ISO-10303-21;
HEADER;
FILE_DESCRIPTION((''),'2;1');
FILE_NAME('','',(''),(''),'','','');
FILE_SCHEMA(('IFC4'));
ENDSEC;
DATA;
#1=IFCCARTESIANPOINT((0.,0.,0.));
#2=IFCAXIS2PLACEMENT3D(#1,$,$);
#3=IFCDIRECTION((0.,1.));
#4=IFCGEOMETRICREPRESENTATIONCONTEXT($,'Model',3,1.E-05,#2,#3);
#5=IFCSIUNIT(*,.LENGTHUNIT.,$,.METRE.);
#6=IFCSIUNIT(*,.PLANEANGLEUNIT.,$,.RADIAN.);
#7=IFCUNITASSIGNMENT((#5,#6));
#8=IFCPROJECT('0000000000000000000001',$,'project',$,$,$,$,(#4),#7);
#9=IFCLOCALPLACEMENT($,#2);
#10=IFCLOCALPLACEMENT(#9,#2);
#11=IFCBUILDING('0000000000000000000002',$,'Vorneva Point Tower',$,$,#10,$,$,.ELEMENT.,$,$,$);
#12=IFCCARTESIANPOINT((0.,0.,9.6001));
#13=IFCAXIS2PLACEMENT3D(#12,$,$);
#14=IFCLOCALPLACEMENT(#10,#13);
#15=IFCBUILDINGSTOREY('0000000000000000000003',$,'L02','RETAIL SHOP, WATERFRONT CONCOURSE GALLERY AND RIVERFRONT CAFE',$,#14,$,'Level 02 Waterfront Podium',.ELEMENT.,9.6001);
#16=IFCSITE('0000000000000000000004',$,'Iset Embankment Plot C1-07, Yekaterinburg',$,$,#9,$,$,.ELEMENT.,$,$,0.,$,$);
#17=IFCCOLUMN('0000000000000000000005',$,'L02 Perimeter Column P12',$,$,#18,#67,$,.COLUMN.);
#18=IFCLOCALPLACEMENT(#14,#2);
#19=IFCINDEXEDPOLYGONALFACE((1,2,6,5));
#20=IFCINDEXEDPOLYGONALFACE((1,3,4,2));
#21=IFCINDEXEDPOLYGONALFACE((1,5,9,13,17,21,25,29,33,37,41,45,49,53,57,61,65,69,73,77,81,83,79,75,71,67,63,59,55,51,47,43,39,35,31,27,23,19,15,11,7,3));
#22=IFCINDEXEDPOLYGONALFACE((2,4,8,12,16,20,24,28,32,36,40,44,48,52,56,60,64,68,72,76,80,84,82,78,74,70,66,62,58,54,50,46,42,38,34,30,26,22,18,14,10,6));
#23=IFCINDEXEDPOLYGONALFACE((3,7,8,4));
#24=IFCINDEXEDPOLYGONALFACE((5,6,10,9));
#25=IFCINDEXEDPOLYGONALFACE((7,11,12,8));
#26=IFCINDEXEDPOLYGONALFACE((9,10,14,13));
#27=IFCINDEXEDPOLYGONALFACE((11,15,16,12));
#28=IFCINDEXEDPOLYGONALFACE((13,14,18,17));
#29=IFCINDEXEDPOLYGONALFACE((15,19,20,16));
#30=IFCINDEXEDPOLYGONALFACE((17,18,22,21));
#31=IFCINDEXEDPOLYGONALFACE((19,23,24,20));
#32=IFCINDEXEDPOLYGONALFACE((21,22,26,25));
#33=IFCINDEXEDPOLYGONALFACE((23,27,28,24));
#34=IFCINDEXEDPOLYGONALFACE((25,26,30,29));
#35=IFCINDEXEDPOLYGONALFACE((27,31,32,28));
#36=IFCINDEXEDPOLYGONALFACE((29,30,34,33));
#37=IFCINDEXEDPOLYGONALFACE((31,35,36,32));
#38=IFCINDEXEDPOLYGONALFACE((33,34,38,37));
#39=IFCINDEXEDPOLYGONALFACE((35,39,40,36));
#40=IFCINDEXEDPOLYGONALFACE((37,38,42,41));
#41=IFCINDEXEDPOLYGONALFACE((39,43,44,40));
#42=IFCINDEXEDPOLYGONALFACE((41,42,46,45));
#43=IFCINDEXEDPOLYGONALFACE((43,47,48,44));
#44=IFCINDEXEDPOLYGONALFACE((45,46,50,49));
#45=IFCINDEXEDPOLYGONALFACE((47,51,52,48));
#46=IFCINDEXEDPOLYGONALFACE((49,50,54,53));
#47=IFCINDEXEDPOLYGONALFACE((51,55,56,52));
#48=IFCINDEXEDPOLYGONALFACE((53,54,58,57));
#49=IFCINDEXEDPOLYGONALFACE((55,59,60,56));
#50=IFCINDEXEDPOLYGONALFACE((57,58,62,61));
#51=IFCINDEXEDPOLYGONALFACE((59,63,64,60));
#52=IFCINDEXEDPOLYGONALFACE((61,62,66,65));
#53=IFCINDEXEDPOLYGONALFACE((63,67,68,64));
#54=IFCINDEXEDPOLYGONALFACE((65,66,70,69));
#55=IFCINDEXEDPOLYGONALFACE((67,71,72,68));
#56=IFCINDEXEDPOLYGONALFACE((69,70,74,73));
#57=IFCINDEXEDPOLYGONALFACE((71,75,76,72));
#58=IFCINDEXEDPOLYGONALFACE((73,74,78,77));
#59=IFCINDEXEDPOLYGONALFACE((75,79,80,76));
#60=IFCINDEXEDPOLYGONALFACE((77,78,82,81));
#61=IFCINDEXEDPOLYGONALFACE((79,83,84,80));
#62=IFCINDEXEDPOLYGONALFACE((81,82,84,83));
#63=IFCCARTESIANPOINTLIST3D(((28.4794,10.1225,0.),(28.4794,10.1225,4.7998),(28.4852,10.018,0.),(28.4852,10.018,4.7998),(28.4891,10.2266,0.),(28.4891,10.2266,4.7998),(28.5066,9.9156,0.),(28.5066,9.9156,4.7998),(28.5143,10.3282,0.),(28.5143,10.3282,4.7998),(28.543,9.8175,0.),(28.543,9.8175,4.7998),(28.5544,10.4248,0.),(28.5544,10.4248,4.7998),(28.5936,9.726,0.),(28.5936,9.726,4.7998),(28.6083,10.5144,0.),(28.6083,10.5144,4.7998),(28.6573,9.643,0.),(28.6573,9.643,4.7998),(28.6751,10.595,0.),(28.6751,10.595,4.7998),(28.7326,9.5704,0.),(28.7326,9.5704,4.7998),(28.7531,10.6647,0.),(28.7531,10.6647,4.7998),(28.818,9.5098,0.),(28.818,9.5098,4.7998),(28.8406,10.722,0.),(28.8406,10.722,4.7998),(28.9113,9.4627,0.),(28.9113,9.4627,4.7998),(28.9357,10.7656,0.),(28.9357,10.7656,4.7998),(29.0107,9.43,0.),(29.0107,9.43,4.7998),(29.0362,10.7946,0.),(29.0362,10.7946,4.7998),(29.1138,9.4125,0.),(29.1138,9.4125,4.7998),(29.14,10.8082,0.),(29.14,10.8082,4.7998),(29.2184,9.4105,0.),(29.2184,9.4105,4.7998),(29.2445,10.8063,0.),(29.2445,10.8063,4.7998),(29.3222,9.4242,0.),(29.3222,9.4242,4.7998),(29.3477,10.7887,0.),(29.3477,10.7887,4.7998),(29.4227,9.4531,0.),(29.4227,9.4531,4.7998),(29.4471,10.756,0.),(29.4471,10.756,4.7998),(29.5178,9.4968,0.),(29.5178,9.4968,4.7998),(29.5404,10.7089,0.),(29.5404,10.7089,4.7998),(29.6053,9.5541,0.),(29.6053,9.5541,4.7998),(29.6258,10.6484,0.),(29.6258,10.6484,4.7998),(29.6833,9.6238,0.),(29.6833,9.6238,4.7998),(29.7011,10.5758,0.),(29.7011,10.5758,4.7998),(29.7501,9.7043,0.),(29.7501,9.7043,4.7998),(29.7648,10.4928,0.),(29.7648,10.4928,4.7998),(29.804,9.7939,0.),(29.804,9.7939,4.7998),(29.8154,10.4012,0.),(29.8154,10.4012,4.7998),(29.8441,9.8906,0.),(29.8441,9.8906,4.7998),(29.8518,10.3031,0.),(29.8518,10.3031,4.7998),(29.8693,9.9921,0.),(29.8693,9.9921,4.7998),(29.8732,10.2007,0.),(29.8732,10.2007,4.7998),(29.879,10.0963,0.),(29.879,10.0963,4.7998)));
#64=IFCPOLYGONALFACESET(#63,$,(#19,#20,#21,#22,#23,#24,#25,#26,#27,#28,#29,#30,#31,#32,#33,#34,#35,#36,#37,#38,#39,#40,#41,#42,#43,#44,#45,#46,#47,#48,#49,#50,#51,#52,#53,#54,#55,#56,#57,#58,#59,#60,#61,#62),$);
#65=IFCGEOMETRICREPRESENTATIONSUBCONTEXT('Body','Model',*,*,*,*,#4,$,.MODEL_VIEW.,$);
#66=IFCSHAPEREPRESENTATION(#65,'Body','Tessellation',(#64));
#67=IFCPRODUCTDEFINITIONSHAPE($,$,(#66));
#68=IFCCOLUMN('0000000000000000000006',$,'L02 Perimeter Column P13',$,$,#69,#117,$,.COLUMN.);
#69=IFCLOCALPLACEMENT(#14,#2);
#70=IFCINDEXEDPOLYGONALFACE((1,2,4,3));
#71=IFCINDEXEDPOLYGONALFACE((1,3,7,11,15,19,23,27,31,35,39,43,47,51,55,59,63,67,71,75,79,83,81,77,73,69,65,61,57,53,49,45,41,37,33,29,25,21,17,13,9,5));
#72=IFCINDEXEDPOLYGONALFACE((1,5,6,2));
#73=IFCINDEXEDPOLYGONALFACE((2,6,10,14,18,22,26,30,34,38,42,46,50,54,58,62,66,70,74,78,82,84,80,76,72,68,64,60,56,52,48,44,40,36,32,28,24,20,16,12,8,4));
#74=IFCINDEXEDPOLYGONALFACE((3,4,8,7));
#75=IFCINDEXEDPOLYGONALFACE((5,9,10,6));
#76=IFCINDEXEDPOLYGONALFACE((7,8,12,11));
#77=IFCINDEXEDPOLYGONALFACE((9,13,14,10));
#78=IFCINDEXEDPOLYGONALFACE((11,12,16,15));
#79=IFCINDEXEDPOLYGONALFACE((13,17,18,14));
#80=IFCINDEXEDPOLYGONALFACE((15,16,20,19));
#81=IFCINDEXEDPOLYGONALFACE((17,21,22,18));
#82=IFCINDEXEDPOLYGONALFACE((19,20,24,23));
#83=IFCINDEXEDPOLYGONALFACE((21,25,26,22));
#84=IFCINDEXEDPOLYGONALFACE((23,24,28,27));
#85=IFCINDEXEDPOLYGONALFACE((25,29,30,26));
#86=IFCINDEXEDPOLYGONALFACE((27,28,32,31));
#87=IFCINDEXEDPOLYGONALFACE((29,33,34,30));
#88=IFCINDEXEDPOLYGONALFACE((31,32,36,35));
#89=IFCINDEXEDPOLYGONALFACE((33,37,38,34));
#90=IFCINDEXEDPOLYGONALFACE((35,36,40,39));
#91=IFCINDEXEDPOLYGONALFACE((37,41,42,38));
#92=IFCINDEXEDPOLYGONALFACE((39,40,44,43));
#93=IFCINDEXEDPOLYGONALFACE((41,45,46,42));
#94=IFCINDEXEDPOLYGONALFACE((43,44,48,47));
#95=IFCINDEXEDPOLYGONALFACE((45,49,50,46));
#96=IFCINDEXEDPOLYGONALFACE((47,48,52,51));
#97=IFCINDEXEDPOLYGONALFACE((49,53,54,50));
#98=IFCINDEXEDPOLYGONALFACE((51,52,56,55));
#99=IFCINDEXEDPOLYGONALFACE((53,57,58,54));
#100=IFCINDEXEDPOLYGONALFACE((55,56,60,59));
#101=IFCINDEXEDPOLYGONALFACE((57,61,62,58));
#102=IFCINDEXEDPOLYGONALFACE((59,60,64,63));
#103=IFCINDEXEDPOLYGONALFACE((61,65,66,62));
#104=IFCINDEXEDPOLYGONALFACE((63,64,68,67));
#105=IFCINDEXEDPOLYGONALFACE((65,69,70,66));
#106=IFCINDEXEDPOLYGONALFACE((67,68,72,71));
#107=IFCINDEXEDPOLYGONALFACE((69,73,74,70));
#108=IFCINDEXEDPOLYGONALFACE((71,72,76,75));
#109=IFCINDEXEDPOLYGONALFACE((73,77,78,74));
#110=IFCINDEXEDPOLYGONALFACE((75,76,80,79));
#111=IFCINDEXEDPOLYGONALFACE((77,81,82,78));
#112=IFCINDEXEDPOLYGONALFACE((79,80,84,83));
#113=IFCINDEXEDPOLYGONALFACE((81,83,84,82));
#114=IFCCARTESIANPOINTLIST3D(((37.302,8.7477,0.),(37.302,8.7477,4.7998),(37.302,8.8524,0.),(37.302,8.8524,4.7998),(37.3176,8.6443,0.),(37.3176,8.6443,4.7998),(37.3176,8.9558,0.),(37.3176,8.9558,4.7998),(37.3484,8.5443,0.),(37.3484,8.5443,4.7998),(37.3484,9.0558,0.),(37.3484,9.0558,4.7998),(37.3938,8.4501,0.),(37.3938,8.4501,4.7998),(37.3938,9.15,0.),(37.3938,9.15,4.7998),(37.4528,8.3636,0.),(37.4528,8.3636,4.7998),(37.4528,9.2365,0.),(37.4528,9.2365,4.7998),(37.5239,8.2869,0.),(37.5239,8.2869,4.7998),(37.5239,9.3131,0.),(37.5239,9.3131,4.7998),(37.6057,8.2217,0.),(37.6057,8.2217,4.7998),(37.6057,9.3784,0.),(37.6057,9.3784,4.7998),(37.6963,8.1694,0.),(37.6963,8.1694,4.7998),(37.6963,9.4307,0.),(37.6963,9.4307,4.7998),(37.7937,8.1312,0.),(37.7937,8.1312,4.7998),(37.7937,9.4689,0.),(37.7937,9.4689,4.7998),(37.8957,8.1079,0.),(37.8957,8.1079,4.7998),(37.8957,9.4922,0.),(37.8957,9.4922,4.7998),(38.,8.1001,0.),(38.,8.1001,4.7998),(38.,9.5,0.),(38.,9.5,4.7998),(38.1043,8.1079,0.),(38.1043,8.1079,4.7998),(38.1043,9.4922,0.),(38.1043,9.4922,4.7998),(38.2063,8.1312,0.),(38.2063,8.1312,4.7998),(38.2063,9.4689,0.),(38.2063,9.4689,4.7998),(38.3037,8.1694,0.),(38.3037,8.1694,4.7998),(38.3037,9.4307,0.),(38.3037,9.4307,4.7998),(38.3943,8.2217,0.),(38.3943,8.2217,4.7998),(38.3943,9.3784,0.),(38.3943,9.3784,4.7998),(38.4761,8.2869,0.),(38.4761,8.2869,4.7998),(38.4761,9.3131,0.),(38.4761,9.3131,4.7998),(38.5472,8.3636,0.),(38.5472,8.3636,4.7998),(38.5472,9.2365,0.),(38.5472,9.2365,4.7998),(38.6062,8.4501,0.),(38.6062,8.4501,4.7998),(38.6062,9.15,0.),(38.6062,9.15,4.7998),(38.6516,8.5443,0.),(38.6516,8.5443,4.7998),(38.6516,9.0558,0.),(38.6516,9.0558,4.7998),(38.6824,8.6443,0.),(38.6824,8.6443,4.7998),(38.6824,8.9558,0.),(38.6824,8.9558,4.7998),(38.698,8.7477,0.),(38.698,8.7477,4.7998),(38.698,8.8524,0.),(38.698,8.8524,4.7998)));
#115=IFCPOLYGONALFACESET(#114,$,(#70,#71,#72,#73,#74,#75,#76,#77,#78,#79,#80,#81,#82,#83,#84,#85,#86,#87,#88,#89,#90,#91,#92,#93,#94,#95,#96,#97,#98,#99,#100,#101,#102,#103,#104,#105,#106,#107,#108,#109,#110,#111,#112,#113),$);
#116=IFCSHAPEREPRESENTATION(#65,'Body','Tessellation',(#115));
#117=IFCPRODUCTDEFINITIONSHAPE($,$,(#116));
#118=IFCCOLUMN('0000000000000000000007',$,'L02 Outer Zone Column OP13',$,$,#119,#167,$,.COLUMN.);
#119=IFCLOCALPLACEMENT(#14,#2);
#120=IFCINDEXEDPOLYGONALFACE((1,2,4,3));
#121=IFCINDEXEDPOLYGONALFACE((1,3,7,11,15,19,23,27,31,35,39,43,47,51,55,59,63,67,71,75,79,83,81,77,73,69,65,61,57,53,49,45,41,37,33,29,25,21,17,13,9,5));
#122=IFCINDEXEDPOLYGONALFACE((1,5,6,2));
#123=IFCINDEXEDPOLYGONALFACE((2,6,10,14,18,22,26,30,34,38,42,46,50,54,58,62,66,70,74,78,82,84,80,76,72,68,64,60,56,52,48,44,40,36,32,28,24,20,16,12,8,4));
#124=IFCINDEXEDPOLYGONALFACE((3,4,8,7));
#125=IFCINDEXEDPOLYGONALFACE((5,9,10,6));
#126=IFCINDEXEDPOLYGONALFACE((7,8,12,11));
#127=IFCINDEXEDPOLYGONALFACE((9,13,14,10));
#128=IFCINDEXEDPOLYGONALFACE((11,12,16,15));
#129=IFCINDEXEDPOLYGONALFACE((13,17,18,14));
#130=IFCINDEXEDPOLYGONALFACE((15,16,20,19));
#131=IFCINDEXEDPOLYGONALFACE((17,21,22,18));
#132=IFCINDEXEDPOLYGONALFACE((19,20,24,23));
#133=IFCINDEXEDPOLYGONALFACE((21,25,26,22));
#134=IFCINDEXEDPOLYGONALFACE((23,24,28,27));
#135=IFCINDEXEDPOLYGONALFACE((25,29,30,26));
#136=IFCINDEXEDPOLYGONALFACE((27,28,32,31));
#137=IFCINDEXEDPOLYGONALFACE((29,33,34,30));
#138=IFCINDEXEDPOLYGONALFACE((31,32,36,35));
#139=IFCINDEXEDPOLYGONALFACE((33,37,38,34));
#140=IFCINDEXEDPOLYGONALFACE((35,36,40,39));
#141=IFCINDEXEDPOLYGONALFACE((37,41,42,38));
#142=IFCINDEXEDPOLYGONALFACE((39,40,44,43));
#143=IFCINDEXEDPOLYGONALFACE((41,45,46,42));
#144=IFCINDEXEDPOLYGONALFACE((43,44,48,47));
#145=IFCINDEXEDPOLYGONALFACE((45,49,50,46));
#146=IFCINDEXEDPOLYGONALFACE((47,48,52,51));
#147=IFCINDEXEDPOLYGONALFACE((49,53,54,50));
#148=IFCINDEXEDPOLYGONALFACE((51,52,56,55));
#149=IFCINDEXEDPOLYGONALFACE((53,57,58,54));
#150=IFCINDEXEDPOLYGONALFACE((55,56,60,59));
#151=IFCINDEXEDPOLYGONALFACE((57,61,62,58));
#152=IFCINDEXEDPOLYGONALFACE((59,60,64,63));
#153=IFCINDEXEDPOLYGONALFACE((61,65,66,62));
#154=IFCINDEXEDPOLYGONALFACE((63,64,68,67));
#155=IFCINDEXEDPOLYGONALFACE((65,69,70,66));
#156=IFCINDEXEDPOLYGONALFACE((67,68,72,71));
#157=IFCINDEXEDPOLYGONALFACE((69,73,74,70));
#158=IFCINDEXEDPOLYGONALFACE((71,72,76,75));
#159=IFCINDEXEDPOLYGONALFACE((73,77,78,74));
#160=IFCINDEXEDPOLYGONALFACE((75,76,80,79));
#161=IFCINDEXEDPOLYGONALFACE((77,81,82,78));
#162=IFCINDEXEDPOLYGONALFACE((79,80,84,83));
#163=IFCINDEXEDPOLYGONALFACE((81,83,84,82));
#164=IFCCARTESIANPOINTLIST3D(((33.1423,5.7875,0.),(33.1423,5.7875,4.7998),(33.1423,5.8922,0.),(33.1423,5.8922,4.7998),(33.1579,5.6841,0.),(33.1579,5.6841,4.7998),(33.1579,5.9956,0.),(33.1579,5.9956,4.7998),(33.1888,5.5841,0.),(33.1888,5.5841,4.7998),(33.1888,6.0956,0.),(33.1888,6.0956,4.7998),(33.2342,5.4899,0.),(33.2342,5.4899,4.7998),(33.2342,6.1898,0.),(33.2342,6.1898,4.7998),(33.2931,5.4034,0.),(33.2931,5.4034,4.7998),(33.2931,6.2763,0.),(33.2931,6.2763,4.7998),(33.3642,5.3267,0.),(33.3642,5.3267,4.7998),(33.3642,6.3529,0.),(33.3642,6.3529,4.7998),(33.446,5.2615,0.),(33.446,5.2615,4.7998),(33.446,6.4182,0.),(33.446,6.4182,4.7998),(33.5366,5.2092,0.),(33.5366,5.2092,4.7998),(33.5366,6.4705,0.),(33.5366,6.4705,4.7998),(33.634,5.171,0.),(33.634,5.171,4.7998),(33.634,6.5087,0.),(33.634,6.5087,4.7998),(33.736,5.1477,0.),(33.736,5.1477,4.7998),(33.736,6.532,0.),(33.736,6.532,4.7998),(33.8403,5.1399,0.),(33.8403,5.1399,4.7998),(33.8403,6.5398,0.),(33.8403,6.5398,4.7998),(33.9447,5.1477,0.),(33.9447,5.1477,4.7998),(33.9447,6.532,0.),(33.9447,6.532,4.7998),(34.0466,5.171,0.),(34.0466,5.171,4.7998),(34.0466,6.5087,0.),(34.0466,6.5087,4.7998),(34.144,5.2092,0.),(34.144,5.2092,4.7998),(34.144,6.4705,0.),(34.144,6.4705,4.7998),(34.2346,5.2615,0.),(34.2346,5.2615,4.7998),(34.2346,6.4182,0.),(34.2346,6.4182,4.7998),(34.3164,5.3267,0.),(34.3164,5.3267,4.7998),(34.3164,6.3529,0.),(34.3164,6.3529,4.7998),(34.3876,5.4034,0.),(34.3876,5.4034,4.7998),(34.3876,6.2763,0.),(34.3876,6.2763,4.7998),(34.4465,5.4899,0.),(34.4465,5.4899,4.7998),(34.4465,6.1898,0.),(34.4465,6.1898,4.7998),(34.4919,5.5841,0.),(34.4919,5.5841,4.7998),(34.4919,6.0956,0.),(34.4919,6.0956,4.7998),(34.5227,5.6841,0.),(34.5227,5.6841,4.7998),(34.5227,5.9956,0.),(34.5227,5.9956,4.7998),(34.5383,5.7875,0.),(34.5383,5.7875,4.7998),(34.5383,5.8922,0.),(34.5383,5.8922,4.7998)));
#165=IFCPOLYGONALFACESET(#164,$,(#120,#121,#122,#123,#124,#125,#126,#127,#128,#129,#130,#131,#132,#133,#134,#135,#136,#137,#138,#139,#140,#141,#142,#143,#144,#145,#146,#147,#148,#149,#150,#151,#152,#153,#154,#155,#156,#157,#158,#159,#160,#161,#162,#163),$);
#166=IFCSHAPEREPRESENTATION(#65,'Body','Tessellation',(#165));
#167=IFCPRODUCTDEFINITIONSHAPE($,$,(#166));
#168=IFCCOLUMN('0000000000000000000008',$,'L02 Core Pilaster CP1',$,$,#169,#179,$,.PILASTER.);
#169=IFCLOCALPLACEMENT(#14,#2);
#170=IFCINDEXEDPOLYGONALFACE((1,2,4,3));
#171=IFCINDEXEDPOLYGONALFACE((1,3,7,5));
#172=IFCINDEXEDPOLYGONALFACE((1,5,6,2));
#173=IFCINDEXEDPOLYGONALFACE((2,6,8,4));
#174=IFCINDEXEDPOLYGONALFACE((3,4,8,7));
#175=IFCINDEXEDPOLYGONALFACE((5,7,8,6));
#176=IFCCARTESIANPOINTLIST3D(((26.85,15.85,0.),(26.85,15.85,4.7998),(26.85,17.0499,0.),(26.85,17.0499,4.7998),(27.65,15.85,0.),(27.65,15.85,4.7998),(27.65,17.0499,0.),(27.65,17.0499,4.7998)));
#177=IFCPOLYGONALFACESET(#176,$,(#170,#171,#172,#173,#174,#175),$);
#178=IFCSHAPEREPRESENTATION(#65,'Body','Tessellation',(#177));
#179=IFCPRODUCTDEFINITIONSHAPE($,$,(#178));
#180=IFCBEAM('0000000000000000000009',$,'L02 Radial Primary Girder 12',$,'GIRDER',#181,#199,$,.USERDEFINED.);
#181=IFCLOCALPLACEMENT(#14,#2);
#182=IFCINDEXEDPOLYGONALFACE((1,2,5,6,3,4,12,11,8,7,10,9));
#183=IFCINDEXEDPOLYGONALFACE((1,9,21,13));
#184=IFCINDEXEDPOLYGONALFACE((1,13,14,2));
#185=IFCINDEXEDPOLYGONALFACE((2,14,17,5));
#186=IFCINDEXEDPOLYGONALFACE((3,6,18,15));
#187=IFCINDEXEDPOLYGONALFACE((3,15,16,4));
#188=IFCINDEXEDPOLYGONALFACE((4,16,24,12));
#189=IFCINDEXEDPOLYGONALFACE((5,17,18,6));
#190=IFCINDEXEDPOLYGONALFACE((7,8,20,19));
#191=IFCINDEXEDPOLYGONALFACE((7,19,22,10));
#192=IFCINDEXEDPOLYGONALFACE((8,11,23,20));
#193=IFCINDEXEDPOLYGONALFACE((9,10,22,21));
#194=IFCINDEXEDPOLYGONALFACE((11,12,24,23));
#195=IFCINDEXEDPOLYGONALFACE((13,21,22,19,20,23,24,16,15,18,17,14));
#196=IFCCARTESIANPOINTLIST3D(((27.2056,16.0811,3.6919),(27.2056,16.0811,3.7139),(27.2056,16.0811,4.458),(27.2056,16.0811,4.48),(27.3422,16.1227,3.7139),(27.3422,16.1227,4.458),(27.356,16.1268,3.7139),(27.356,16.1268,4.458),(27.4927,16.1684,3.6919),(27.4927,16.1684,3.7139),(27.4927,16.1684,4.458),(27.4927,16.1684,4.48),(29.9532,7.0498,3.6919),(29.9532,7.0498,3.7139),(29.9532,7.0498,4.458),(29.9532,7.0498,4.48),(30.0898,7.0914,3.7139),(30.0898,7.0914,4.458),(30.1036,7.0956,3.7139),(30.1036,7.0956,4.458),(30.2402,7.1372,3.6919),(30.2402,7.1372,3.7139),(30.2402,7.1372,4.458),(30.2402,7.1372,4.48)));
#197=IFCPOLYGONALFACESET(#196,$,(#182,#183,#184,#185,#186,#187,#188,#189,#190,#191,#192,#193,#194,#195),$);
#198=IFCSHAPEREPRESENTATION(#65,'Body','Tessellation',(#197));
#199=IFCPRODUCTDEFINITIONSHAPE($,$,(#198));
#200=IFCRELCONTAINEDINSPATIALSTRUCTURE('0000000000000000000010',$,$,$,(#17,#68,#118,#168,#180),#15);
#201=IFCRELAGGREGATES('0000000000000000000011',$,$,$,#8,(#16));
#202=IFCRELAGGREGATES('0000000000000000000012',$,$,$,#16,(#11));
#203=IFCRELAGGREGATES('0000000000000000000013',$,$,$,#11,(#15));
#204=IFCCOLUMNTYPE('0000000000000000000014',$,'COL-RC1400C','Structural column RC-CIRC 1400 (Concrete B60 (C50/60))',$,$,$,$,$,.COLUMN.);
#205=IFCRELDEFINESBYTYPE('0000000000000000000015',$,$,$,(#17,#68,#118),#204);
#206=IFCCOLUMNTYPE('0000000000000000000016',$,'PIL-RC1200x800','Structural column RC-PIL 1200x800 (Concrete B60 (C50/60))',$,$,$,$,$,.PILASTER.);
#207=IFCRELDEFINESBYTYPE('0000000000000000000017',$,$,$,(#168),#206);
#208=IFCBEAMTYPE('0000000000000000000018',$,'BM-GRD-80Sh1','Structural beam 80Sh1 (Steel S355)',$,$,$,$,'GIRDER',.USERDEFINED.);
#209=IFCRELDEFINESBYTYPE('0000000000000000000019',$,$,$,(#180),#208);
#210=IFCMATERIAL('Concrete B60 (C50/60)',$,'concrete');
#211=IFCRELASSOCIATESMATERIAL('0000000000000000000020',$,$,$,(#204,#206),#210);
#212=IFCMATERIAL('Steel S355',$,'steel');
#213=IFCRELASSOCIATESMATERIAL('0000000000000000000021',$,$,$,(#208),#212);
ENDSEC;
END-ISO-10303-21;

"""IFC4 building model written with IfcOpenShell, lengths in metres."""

from ifc_helpers import new_model, si_unit, direction, frame, origin, origin_2d, place, context, subcontext, project, spatial, rectangle, circle, i_section, extrude, material, material_profile, profile_set, type_object, element, save


model = new_model("IFC4")

# Units and contexts
model_context = context("Model", 3, precision=1e-05, world=origin(), true_north=direction((0.0, 1.0)))
body_context = subcontext(model_context, "Body", "Model", "MODEL_VIEW")
ifc_project = project(units=[si_unit("LENGTHUNIT", "METRE"), si_unit("PLANEANGLEUNIT", "RADIAN")], contexts=[model_context])

# Site, building, storey
site_placement = place(None, origin())
site = spatial("IfcSite", under=ifc_project, at=site_placement, Name="Iset Embankment Plot C1-07, Yekaterinburg", CompositionType="ELEMENT", RefElevation=0.0)
building_placement = place(site_placement, origin())
building = spatial("IfcBuilding", under=site, at=building_placement, Name="Vorneva Point Tower", CompositionType="ELEMENT")
storey_placement = place(building_placement, frame((0.0, 0.0, 9.6001)))
storey = spatial("IfcBuildingStorey", under=building, at=storey_placement, Name="L02", Description="RETAIL SHOP, WATERFRONT CONCOURSE GALLERY AND RIVERFRONT CAFE", LongName="Level 02 Waterfront Podium", CompositionType="ELEMENT", Elevation=9.6001)

# Columns
ifc_material_1 = material(Name="Concrete B60 (C50/60)", Category="concrete")
ifc_material_profile_1 = material_profile(ifc_material_1, circle(Radius=0.7, at=origin_2d()), Name="RC-CIRC 1400")
ifc_profile_set_1 = profile_set([ifc_material_profile_1], Name="Concrete B60 (C50/60)")
column_type_1 = type_object("IfcColumnType", Name="COL-RC1400C", Description="Structural column RC-CIRC 1400 (Concrete B60 (C50/60))", PredefinedType="COLUMN", material=ifc_profile_set_1)
for number, where, z_axis, x_axis, name in (
    (1, (29.1792, 10.1094, 0.0), (0.0, 0.0, 1.0), (-0.382683, -0.92388, 0.0), "L02 Perimeter Column P12"),
    (2, (38.0, 8.8, 0.0), (0.0, 0.0, 1.0), (0.0, -1.0, 0.0), "L02 Perimeter Column P13"),
    (3, (33.8403, 5.8398, 0.0), (0.0, 0.0, 1.0), (0.0, -1.0, 0.0), "L02 Outer Zone Column OP13"),
):
    element("IfcColumn", number, at=place(storey_placement, frame(where, z_axis=z_axis, x_axis=x_axis)), inside=storey, type_object=column_type_1, Name=name, PredefinedType="COLUMN", context=body_context, shape_type="SweptSolid", body=[
        extrude(circle(Radius=0.7, at=origin_2d()), origin(), (0.0, 0.0, 1.0), 4.7998),
    ])
ifc_material_profile_2 = material_profile(ifc_material_1, rectangle(XDim=0.8, YDim=1.2, at=origin_2d()), Name="RC-PIL 1200x800")
ifc_profile_set_2 = profile_set([ifc_material_profile_2], Name="Concrete B60 (C50/60)")
column_type_2 = type_object("IfcColumnType", Name="PIL-RC1200x800", Description="Structural column RC-PIL 1200x800 (Concrete B60 (C50/60))", PredefinedType="PILASTER", material=ifc_profile_set_2)
column_placement = place(storey_placement, frame((27.25, 16.45, 0.0), z_axis=(0.0, 0.0, 1.0), x_axis=(1.0, 0.0, 0.0)))
element("IfcColumn", 4, at=column_placement, inside=storey, type_object=column_type_2, Name="L02 Core Pilaster CP1", PredefinedType="PILASTER", context=body_context, shape_type="SweptSolid", body=[
    extrude(rectangle(XDim=0.8, YDim=1.2, at=origin_2d()), origin(), (0.0, 0.0, 1.0), 4.7998),
])

# Beam
ifc_material_2 = material(Name="Steel S355", Category="steel")
ifc_material_profile_3 = material_profile(ifc_material_2, i_section(OverallWidth=0.3, OverallDepth=0.7881, WebThickness=0.0144, FlangeThickness=0.022, at=origin_2d()), Name="80Sh1")
ifc_profile_set_3 = profile_set([ifc_material_profile_3], Name="Steel S355")
beam_type_1 = type_object("IfcBeamType", Name="BM-GRD-80Sh1", Description="Structural beam 80Sh1 (Steel S355)", ElementType="GIRDER", PredefinedType="USERDEFINED", material=ifc_profile_set_3)
beam_1_placement = place(storey_placement, frame((30.0967, 7.0935, 4.0859), z_axis=(-0.291057, 0.956706, 0.0), x_axis=(-0.956706, -0.291057, 0.0)))
element("IfcBeam", 5, at=beam_1_placement, inside=storey, type_object=beam_type_1, Name="L02 Radial Primary Girder 12", ObjectType="GIRDER", PredefinedType="USERDEFINED", context=body_context, shape_type="SweptSolid", body=[
    extrude(i_section(OverallWidth=0.3, OverallDepth=0.7881, WebThickness=0.0144, FlangeThickness=0.022, at=origin_2d()), origin(), (0.0, 0.0, 1.0), 9.4399),
])

save(model, "model.ifc")
